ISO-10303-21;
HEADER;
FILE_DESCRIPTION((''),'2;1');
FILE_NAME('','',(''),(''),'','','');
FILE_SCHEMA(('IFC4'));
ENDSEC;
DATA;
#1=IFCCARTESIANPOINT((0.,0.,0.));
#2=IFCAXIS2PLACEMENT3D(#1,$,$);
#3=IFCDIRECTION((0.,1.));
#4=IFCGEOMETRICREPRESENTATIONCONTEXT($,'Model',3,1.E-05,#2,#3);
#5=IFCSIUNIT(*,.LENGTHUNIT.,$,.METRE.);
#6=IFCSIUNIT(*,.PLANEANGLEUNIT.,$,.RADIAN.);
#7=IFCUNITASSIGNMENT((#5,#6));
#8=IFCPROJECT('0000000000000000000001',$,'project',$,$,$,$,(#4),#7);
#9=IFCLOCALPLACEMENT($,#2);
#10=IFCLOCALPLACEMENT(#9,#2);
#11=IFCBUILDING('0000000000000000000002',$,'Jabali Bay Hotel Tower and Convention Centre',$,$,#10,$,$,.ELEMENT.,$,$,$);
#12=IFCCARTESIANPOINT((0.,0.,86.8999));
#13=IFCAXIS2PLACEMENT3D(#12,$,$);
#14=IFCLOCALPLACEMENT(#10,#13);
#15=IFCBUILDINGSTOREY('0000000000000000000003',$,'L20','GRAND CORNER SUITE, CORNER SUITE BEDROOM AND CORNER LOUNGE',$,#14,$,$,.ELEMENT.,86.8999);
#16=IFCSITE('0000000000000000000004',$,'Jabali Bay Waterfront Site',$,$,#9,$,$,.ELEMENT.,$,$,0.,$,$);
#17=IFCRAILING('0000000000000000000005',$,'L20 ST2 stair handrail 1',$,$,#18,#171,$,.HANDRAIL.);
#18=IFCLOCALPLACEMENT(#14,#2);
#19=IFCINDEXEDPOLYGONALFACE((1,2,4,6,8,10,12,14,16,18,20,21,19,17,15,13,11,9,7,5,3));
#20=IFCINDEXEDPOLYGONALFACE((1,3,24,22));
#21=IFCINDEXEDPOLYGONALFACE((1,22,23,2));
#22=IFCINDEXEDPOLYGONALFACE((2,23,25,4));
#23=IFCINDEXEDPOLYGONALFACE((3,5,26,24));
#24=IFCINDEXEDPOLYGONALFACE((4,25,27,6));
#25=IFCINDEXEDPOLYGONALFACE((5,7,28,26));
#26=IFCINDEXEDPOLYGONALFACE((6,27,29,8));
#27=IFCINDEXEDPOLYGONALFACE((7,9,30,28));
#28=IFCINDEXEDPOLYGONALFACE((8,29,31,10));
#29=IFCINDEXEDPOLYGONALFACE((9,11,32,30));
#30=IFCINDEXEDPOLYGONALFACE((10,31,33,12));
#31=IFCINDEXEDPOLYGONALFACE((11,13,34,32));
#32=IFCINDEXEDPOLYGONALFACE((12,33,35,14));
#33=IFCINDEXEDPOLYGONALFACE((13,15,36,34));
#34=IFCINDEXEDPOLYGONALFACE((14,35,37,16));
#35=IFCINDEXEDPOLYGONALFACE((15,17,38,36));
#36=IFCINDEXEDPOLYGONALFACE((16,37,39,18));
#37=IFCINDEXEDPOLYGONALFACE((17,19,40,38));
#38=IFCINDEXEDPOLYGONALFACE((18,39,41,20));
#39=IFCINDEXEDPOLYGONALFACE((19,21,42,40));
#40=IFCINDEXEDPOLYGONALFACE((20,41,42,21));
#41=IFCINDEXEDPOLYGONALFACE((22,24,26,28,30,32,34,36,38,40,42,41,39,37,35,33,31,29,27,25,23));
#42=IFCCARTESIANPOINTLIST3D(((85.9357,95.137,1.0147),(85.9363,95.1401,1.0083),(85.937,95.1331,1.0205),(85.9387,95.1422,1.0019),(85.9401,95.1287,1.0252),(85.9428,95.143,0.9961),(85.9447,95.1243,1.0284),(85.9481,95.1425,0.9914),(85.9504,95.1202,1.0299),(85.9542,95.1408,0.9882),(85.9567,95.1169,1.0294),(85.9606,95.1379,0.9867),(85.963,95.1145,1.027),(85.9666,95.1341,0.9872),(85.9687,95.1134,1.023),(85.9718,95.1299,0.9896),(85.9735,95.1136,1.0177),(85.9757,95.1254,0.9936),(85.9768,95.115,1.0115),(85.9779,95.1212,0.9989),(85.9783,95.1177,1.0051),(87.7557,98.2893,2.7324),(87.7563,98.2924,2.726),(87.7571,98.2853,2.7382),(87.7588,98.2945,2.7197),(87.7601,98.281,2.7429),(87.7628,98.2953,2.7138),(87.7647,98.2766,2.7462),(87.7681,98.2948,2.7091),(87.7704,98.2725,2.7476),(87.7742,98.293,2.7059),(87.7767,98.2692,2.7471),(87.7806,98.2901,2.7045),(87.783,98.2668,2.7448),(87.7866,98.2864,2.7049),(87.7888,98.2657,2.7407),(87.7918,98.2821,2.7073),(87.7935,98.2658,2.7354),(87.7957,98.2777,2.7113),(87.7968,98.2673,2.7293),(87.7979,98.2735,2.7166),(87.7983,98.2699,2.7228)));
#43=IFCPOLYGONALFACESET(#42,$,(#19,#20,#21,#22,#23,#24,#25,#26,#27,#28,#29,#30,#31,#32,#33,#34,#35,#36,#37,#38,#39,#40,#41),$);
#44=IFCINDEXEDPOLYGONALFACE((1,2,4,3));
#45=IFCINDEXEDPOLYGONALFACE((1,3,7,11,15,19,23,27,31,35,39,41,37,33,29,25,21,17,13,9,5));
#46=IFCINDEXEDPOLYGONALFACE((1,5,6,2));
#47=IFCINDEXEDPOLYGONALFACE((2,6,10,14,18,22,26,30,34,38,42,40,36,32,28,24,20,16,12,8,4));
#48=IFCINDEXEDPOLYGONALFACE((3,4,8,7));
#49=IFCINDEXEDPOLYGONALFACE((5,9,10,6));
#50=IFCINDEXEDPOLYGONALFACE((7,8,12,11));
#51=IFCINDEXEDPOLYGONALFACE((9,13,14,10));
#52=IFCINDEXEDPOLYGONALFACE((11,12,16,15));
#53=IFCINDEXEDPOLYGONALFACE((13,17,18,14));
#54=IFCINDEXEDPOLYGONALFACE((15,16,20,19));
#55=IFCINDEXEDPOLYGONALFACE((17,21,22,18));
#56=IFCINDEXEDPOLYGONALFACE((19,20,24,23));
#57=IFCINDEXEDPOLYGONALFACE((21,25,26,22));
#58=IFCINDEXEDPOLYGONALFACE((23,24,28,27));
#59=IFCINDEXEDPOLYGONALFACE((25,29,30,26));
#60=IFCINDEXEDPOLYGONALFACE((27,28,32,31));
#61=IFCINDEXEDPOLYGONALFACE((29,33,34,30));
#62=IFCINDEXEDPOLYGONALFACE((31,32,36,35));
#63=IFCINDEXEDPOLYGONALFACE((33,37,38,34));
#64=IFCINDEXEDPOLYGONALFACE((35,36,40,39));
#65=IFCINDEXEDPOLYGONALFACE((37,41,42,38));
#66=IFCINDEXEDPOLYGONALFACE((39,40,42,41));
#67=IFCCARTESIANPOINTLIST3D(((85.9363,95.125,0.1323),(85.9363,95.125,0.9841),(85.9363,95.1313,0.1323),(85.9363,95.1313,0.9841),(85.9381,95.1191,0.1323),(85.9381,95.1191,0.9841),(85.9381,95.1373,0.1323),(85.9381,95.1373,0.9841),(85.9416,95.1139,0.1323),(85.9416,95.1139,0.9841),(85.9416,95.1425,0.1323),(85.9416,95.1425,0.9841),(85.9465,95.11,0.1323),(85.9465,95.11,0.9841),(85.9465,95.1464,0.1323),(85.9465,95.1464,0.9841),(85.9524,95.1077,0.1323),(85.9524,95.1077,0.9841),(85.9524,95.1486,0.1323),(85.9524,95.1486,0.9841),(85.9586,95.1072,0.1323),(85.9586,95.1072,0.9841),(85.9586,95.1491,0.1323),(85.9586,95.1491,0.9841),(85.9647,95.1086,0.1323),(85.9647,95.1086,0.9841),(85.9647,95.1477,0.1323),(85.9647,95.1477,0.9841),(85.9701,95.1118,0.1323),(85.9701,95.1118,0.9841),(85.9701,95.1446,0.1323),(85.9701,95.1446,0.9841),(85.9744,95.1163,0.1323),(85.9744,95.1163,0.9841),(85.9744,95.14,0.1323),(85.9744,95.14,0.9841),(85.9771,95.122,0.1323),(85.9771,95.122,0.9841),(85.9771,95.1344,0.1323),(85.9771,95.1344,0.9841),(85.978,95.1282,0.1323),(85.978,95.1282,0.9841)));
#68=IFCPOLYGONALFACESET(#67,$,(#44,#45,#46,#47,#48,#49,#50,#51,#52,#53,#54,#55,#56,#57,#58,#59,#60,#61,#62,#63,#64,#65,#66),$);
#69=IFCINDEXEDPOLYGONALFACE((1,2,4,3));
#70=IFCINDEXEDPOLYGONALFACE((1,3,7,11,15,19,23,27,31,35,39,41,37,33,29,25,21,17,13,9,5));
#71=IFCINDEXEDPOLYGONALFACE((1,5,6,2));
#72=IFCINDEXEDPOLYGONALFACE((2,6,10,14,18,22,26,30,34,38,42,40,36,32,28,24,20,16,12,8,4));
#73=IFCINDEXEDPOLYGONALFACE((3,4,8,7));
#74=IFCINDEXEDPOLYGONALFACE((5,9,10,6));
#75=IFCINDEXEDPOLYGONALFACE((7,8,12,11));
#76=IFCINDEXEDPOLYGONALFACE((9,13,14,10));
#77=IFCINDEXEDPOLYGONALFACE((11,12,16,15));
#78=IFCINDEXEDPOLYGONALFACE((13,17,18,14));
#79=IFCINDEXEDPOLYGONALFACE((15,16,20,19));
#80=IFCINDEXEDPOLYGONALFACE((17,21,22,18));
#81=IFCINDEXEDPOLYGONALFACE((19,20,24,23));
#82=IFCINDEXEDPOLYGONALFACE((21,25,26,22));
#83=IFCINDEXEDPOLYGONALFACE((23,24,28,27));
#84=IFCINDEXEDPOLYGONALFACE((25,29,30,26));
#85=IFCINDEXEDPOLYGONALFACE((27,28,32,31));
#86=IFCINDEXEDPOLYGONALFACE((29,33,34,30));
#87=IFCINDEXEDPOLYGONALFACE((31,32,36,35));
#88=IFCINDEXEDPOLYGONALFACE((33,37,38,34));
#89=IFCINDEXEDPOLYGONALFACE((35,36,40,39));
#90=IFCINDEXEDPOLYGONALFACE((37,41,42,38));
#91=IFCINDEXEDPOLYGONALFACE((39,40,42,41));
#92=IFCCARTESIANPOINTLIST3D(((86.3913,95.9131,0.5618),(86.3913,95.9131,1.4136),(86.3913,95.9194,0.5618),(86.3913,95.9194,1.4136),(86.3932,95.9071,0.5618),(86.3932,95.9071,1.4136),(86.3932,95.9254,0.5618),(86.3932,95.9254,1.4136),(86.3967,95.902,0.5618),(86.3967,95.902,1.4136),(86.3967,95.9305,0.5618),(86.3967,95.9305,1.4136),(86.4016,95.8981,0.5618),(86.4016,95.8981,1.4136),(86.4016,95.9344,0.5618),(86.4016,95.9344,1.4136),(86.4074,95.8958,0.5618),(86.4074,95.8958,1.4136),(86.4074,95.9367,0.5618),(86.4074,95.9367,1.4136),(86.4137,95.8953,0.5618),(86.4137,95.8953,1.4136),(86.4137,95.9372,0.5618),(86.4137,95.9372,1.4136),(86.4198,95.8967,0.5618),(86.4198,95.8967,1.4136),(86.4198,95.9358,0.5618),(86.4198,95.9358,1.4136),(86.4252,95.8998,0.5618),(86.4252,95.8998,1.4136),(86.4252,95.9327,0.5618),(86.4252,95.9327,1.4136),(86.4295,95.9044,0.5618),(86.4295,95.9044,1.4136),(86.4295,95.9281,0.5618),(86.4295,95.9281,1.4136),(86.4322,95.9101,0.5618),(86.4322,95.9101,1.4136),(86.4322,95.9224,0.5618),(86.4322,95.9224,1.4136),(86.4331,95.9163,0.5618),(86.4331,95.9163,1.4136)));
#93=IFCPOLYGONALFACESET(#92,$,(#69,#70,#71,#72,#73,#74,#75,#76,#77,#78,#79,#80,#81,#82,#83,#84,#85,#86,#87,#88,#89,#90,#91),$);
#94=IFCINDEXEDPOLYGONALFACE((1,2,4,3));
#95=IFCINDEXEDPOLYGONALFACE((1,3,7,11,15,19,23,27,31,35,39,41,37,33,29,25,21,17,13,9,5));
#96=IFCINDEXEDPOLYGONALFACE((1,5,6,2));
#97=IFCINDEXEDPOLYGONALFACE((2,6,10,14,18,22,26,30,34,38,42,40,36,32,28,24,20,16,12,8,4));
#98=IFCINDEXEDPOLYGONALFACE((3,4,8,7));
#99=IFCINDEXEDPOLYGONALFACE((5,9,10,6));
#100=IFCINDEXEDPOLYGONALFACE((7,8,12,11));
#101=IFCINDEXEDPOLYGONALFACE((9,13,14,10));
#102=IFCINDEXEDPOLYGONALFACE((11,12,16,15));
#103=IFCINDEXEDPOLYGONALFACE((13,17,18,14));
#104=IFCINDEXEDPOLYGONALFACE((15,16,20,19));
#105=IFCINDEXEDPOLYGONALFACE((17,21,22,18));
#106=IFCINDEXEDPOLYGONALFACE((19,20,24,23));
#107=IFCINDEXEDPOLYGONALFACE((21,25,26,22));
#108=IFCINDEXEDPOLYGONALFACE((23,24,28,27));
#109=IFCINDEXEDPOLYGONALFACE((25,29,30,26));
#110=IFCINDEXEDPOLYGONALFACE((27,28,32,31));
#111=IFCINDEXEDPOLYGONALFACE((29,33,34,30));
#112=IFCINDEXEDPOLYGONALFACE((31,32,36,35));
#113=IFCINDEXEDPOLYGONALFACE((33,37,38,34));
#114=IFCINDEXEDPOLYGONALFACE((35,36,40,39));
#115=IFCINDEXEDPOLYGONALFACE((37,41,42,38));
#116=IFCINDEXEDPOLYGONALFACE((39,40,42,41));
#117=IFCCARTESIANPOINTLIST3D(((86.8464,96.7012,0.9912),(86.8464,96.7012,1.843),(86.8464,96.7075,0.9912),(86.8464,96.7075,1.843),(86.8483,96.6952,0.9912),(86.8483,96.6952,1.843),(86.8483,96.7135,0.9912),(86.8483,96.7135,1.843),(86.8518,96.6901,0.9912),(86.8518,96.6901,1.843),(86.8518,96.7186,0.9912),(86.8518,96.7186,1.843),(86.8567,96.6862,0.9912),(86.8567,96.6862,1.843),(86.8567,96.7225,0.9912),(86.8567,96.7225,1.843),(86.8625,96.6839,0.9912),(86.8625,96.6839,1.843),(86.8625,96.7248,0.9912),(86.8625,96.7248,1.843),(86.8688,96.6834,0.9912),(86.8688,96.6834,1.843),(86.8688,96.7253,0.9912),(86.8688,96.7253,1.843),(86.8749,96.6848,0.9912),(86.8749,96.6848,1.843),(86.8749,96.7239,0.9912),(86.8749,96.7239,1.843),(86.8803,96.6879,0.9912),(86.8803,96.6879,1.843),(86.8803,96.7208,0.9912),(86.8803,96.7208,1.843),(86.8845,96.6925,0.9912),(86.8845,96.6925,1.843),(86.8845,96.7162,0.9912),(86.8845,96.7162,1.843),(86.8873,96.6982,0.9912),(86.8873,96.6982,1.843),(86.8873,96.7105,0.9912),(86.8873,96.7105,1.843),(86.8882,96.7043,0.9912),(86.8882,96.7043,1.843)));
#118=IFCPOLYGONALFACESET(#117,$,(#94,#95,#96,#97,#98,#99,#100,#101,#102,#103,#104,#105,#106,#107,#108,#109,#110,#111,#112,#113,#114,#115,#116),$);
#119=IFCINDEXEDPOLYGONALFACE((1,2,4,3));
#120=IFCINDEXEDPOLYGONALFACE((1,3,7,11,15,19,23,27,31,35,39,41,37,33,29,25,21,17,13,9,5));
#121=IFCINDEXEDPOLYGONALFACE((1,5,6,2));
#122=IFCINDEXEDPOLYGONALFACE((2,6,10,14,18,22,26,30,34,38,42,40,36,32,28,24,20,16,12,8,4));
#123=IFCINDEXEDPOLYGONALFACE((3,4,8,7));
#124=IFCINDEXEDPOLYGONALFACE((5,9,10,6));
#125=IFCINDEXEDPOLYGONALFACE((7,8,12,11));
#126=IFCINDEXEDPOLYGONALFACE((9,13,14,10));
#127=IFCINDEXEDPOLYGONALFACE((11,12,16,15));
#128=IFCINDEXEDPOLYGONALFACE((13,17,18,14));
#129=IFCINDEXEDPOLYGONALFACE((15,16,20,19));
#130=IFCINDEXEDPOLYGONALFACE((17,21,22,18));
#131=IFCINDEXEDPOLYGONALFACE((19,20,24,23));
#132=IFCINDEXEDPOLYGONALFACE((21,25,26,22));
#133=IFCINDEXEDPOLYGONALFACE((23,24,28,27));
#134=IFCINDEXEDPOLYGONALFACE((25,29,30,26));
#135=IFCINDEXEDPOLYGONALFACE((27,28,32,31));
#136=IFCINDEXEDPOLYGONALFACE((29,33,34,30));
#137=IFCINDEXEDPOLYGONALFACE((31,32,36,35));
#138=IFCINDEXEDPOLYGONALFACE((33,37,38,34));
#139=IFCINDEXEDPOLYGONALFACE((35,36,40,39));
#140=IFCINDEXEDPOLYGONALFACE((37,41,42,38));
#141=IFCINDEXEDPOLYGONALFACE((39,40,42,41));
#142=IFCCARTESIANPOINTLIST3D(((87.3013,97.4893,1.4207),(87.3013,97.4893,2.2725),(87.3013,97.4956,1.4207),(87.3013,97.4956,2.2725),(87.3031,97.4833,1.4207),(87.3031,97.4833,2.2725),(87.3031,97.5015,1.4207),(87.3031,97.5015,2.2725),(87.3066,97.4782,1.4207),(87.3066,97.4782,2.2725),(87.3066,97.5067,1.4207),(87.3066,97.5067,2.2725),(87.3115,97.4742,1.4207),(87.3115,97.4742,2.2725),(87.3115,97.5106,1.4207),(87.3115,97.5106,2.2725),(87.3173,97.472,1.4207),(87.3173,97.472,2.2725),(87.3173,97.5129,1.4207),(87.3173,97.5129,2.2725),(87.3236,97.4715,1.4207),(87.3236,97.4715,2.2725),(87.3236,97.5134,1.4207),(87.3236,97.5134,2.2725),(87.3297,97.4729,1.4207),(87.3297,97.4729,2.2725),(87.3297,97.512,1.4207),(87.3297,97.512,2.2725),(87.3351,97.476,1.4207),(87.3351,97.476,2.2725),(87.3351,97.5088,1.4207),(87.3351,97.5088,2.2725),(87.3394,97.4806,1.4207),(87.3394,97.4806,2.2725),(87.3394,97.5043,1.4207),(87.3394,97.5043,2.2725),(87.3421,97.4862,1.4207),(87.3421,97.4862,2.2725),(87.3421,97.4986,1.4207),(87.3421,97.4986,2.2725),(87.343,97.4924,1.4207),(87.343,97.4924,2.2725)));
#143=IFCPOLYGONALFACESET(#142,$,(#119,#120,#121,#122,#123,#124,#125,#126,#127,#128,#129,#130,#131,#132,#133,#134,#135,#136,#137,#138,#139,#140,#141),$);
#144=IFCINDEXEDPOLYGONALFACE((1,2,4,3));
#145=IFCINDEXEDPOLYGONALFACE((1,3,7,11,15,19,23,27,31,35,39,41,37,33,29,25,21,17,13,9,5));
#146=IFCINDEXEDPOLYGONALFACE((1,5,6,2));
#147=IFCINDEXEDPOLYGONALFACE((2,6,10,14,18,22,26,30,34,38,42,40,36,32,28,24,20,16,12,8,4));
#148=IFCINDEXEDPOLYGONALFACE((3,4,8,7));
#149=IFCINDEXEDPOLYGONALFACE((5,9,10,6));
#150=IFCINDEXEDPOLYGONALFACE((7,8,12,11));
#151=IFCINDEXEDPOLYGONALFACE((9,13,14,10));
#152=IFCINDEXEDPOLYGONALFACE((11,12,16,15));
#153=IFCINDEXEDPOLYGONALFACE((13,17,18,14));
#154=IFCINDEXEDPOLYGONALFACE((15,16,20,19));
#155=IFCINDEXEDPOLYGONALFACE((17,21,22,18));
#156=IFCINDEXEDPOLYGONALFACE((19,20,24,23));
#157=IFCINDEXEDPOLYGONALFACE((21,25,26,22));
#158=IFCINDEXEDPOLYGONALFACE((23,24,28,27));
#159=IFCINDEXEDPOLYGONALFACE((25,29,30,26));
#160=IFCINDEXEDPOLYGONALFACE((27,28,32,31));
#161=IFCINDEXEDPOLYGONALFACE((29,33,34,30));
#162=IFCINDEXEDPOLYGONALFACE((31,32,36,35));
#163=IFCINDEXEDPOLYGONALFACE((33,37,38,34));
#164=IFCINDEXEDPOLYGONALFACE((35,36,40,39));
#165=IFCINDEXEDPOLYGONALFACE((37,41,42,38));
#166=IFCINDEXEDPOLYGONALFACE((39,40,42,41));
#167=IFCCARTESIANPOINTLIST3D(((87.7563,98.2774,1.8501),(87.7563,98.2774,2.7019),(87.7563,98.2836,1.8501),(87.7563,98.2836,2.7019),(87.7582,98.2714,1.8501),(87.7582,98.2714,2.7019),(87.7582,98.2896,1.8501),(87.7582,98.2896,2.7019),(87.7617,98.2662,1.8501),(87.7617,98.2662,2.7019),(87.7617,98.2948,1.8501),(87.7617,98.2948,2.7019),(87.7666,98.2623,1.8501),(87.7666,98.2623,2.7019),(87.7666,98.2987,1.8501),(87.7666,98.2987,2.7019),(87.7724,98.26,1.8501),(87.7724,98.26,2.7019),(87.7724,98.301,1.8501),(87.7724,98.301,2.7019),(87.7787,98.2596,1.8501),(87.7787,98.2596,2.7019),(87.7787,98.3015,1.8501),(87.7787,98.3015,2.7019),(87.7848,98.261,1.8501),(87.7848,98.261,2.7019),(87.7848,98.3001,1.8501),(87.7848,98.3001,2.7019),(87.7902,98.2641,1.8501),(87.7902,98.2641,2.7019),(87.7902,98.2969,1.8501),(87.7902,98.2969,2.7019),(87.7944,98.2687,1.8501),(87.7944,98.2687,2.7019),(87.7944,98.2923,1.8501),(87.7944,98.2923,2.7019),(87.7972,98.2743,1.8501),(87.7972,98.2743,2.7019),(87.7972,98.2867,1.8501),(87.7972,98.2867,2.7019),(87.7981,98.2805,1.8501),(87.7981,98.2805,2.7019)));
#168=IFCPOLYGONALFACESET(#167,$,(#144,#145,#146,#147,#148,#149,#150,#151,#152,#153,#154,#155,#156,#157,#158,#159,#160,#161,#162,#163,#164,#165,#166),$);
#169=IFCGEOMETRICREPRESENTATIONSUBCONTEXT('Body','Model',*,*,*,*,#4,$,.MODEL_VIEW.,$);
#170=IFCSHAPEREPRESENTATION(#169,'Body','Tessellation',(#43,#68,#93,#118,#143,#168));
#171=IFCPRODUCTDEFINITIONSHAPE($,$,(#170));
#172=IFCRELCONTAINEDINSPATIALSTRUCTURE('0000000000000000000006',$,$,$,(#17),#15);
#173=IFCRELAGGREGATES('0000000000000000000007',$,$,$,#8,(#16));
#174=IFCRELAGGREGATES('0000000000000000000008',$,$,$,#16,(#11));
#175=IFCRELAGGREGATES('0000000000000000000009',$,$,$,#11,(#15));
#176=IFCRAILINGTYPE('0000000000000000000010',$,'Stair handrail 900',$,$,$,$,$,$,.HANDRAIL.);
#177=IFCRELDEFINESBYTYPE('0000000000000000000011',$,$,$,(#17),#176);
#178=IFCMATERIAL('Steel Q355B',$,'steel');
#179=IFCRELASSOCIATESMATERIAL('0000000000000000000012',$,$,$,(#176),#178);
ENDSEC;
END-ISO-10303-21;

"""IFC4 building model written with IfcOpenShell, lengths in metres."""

from ifc_helpers import new_model, si_unit, direction, frame, origin, origin_2d, place, context, subcontext, project, spatial, circle, extrude, material, type_object, element, save


model = new_model("IFC4")

# Units and contexts
model_context = context("Model", 3, precision=1e-05, world=origin(), true_north=direction((0.0, 1.0)))
body_context = subcontext(model_context, "Body", "Model", "MODEL_VIEW")
ifc_project = project(units=[si_unit("LENGTHUNIT", "METRE"), si_unit("PLANEANGLEUNIT", "RADIAN")], contexts=[model_context])

# Site, building, storey
site_placement = place(None, origin())
site = spatial("IfcSite", under=ifc_project, at=site_placement, Name="Jabali Bay Waterfront Site", CompositionType="ELEMENT", RefElevation=0.0)
building_placement = place(site_placement, origin())
building = spatial("IfcBuilding", under=site, at=building_placement, Name="Jabali Bay Hotel Tower and Convention Centre", CompositionType="ELEMENT")
storey_placement = place(building_placement, frame((0.0, 0.0, 86.8999)))
storey = spatial("IfcBuildingStorey", under=building, at=storey_placement, Name="L20", Description="GRAND CORNER SUITE, CORNER SUITE BEDROOM AND CORNER LOUNGE", CompositionType="ELEMENT", Elevation=86.8999)

# Railing
ifc_material_1 = material(Name="Steel Q355B", Category="steel")
railing_type_1 = type_object("IfcRailingType", Name="Stair handrail 900", PredefinedType="HANDRAIL", material=ifc_material_1)
railing_1_placement = place(storey_placement, frame((85.957, 95.1282, 0.1323)))
element("IfcRailing", 1, at=railing_1_placement, inside=storey, type_object=railing_type_1, Name="L20 ST2 stair handrail 1", PredefinedType="HANDRAIL", context=body_context, shape_type="SweptSolid", body=[
    extrude(circle(Radius=0.0239, at=origin_2d()), frame((0.0, 0.0, 0.876), z_axis=(0.45219, 0.78319, 0.426775), x_axis=(-0.866018, 0.500013, 0.0)), (0.0, 0.0, 1.0), 4.0249),
    extrude(circle(Radius=0.021, at=origin_2d()), origin(), (0.0, 0.0, 1.0), 0.8518),
    extrude(circle(Radius=0.021, at=origin_2d()), frame((0.4551, 0.7881, 0.4294)), (0.0, 0.0, 1.0), 0.8518),
    extrude(circle(Radius=0.021, at=origin_2d()), frame((0.9102, 1.5762, 0.8589)), (0.0, 0.0, 1.0), 0.8518),
    extrude(circle(Radius=0.021, at=origin_2d()), frame((1.365, 2.3643, 1.2883)), (0.0, 0.0, 1.0), 0.8518),
    extrude(circle(Radius=0.021, at=origin_2d()), frame((1.8201, 3.1523, 1.7178)), (0.0, 0.0, 1.0), 0.8518),
])

save(model, "model.ifc")
